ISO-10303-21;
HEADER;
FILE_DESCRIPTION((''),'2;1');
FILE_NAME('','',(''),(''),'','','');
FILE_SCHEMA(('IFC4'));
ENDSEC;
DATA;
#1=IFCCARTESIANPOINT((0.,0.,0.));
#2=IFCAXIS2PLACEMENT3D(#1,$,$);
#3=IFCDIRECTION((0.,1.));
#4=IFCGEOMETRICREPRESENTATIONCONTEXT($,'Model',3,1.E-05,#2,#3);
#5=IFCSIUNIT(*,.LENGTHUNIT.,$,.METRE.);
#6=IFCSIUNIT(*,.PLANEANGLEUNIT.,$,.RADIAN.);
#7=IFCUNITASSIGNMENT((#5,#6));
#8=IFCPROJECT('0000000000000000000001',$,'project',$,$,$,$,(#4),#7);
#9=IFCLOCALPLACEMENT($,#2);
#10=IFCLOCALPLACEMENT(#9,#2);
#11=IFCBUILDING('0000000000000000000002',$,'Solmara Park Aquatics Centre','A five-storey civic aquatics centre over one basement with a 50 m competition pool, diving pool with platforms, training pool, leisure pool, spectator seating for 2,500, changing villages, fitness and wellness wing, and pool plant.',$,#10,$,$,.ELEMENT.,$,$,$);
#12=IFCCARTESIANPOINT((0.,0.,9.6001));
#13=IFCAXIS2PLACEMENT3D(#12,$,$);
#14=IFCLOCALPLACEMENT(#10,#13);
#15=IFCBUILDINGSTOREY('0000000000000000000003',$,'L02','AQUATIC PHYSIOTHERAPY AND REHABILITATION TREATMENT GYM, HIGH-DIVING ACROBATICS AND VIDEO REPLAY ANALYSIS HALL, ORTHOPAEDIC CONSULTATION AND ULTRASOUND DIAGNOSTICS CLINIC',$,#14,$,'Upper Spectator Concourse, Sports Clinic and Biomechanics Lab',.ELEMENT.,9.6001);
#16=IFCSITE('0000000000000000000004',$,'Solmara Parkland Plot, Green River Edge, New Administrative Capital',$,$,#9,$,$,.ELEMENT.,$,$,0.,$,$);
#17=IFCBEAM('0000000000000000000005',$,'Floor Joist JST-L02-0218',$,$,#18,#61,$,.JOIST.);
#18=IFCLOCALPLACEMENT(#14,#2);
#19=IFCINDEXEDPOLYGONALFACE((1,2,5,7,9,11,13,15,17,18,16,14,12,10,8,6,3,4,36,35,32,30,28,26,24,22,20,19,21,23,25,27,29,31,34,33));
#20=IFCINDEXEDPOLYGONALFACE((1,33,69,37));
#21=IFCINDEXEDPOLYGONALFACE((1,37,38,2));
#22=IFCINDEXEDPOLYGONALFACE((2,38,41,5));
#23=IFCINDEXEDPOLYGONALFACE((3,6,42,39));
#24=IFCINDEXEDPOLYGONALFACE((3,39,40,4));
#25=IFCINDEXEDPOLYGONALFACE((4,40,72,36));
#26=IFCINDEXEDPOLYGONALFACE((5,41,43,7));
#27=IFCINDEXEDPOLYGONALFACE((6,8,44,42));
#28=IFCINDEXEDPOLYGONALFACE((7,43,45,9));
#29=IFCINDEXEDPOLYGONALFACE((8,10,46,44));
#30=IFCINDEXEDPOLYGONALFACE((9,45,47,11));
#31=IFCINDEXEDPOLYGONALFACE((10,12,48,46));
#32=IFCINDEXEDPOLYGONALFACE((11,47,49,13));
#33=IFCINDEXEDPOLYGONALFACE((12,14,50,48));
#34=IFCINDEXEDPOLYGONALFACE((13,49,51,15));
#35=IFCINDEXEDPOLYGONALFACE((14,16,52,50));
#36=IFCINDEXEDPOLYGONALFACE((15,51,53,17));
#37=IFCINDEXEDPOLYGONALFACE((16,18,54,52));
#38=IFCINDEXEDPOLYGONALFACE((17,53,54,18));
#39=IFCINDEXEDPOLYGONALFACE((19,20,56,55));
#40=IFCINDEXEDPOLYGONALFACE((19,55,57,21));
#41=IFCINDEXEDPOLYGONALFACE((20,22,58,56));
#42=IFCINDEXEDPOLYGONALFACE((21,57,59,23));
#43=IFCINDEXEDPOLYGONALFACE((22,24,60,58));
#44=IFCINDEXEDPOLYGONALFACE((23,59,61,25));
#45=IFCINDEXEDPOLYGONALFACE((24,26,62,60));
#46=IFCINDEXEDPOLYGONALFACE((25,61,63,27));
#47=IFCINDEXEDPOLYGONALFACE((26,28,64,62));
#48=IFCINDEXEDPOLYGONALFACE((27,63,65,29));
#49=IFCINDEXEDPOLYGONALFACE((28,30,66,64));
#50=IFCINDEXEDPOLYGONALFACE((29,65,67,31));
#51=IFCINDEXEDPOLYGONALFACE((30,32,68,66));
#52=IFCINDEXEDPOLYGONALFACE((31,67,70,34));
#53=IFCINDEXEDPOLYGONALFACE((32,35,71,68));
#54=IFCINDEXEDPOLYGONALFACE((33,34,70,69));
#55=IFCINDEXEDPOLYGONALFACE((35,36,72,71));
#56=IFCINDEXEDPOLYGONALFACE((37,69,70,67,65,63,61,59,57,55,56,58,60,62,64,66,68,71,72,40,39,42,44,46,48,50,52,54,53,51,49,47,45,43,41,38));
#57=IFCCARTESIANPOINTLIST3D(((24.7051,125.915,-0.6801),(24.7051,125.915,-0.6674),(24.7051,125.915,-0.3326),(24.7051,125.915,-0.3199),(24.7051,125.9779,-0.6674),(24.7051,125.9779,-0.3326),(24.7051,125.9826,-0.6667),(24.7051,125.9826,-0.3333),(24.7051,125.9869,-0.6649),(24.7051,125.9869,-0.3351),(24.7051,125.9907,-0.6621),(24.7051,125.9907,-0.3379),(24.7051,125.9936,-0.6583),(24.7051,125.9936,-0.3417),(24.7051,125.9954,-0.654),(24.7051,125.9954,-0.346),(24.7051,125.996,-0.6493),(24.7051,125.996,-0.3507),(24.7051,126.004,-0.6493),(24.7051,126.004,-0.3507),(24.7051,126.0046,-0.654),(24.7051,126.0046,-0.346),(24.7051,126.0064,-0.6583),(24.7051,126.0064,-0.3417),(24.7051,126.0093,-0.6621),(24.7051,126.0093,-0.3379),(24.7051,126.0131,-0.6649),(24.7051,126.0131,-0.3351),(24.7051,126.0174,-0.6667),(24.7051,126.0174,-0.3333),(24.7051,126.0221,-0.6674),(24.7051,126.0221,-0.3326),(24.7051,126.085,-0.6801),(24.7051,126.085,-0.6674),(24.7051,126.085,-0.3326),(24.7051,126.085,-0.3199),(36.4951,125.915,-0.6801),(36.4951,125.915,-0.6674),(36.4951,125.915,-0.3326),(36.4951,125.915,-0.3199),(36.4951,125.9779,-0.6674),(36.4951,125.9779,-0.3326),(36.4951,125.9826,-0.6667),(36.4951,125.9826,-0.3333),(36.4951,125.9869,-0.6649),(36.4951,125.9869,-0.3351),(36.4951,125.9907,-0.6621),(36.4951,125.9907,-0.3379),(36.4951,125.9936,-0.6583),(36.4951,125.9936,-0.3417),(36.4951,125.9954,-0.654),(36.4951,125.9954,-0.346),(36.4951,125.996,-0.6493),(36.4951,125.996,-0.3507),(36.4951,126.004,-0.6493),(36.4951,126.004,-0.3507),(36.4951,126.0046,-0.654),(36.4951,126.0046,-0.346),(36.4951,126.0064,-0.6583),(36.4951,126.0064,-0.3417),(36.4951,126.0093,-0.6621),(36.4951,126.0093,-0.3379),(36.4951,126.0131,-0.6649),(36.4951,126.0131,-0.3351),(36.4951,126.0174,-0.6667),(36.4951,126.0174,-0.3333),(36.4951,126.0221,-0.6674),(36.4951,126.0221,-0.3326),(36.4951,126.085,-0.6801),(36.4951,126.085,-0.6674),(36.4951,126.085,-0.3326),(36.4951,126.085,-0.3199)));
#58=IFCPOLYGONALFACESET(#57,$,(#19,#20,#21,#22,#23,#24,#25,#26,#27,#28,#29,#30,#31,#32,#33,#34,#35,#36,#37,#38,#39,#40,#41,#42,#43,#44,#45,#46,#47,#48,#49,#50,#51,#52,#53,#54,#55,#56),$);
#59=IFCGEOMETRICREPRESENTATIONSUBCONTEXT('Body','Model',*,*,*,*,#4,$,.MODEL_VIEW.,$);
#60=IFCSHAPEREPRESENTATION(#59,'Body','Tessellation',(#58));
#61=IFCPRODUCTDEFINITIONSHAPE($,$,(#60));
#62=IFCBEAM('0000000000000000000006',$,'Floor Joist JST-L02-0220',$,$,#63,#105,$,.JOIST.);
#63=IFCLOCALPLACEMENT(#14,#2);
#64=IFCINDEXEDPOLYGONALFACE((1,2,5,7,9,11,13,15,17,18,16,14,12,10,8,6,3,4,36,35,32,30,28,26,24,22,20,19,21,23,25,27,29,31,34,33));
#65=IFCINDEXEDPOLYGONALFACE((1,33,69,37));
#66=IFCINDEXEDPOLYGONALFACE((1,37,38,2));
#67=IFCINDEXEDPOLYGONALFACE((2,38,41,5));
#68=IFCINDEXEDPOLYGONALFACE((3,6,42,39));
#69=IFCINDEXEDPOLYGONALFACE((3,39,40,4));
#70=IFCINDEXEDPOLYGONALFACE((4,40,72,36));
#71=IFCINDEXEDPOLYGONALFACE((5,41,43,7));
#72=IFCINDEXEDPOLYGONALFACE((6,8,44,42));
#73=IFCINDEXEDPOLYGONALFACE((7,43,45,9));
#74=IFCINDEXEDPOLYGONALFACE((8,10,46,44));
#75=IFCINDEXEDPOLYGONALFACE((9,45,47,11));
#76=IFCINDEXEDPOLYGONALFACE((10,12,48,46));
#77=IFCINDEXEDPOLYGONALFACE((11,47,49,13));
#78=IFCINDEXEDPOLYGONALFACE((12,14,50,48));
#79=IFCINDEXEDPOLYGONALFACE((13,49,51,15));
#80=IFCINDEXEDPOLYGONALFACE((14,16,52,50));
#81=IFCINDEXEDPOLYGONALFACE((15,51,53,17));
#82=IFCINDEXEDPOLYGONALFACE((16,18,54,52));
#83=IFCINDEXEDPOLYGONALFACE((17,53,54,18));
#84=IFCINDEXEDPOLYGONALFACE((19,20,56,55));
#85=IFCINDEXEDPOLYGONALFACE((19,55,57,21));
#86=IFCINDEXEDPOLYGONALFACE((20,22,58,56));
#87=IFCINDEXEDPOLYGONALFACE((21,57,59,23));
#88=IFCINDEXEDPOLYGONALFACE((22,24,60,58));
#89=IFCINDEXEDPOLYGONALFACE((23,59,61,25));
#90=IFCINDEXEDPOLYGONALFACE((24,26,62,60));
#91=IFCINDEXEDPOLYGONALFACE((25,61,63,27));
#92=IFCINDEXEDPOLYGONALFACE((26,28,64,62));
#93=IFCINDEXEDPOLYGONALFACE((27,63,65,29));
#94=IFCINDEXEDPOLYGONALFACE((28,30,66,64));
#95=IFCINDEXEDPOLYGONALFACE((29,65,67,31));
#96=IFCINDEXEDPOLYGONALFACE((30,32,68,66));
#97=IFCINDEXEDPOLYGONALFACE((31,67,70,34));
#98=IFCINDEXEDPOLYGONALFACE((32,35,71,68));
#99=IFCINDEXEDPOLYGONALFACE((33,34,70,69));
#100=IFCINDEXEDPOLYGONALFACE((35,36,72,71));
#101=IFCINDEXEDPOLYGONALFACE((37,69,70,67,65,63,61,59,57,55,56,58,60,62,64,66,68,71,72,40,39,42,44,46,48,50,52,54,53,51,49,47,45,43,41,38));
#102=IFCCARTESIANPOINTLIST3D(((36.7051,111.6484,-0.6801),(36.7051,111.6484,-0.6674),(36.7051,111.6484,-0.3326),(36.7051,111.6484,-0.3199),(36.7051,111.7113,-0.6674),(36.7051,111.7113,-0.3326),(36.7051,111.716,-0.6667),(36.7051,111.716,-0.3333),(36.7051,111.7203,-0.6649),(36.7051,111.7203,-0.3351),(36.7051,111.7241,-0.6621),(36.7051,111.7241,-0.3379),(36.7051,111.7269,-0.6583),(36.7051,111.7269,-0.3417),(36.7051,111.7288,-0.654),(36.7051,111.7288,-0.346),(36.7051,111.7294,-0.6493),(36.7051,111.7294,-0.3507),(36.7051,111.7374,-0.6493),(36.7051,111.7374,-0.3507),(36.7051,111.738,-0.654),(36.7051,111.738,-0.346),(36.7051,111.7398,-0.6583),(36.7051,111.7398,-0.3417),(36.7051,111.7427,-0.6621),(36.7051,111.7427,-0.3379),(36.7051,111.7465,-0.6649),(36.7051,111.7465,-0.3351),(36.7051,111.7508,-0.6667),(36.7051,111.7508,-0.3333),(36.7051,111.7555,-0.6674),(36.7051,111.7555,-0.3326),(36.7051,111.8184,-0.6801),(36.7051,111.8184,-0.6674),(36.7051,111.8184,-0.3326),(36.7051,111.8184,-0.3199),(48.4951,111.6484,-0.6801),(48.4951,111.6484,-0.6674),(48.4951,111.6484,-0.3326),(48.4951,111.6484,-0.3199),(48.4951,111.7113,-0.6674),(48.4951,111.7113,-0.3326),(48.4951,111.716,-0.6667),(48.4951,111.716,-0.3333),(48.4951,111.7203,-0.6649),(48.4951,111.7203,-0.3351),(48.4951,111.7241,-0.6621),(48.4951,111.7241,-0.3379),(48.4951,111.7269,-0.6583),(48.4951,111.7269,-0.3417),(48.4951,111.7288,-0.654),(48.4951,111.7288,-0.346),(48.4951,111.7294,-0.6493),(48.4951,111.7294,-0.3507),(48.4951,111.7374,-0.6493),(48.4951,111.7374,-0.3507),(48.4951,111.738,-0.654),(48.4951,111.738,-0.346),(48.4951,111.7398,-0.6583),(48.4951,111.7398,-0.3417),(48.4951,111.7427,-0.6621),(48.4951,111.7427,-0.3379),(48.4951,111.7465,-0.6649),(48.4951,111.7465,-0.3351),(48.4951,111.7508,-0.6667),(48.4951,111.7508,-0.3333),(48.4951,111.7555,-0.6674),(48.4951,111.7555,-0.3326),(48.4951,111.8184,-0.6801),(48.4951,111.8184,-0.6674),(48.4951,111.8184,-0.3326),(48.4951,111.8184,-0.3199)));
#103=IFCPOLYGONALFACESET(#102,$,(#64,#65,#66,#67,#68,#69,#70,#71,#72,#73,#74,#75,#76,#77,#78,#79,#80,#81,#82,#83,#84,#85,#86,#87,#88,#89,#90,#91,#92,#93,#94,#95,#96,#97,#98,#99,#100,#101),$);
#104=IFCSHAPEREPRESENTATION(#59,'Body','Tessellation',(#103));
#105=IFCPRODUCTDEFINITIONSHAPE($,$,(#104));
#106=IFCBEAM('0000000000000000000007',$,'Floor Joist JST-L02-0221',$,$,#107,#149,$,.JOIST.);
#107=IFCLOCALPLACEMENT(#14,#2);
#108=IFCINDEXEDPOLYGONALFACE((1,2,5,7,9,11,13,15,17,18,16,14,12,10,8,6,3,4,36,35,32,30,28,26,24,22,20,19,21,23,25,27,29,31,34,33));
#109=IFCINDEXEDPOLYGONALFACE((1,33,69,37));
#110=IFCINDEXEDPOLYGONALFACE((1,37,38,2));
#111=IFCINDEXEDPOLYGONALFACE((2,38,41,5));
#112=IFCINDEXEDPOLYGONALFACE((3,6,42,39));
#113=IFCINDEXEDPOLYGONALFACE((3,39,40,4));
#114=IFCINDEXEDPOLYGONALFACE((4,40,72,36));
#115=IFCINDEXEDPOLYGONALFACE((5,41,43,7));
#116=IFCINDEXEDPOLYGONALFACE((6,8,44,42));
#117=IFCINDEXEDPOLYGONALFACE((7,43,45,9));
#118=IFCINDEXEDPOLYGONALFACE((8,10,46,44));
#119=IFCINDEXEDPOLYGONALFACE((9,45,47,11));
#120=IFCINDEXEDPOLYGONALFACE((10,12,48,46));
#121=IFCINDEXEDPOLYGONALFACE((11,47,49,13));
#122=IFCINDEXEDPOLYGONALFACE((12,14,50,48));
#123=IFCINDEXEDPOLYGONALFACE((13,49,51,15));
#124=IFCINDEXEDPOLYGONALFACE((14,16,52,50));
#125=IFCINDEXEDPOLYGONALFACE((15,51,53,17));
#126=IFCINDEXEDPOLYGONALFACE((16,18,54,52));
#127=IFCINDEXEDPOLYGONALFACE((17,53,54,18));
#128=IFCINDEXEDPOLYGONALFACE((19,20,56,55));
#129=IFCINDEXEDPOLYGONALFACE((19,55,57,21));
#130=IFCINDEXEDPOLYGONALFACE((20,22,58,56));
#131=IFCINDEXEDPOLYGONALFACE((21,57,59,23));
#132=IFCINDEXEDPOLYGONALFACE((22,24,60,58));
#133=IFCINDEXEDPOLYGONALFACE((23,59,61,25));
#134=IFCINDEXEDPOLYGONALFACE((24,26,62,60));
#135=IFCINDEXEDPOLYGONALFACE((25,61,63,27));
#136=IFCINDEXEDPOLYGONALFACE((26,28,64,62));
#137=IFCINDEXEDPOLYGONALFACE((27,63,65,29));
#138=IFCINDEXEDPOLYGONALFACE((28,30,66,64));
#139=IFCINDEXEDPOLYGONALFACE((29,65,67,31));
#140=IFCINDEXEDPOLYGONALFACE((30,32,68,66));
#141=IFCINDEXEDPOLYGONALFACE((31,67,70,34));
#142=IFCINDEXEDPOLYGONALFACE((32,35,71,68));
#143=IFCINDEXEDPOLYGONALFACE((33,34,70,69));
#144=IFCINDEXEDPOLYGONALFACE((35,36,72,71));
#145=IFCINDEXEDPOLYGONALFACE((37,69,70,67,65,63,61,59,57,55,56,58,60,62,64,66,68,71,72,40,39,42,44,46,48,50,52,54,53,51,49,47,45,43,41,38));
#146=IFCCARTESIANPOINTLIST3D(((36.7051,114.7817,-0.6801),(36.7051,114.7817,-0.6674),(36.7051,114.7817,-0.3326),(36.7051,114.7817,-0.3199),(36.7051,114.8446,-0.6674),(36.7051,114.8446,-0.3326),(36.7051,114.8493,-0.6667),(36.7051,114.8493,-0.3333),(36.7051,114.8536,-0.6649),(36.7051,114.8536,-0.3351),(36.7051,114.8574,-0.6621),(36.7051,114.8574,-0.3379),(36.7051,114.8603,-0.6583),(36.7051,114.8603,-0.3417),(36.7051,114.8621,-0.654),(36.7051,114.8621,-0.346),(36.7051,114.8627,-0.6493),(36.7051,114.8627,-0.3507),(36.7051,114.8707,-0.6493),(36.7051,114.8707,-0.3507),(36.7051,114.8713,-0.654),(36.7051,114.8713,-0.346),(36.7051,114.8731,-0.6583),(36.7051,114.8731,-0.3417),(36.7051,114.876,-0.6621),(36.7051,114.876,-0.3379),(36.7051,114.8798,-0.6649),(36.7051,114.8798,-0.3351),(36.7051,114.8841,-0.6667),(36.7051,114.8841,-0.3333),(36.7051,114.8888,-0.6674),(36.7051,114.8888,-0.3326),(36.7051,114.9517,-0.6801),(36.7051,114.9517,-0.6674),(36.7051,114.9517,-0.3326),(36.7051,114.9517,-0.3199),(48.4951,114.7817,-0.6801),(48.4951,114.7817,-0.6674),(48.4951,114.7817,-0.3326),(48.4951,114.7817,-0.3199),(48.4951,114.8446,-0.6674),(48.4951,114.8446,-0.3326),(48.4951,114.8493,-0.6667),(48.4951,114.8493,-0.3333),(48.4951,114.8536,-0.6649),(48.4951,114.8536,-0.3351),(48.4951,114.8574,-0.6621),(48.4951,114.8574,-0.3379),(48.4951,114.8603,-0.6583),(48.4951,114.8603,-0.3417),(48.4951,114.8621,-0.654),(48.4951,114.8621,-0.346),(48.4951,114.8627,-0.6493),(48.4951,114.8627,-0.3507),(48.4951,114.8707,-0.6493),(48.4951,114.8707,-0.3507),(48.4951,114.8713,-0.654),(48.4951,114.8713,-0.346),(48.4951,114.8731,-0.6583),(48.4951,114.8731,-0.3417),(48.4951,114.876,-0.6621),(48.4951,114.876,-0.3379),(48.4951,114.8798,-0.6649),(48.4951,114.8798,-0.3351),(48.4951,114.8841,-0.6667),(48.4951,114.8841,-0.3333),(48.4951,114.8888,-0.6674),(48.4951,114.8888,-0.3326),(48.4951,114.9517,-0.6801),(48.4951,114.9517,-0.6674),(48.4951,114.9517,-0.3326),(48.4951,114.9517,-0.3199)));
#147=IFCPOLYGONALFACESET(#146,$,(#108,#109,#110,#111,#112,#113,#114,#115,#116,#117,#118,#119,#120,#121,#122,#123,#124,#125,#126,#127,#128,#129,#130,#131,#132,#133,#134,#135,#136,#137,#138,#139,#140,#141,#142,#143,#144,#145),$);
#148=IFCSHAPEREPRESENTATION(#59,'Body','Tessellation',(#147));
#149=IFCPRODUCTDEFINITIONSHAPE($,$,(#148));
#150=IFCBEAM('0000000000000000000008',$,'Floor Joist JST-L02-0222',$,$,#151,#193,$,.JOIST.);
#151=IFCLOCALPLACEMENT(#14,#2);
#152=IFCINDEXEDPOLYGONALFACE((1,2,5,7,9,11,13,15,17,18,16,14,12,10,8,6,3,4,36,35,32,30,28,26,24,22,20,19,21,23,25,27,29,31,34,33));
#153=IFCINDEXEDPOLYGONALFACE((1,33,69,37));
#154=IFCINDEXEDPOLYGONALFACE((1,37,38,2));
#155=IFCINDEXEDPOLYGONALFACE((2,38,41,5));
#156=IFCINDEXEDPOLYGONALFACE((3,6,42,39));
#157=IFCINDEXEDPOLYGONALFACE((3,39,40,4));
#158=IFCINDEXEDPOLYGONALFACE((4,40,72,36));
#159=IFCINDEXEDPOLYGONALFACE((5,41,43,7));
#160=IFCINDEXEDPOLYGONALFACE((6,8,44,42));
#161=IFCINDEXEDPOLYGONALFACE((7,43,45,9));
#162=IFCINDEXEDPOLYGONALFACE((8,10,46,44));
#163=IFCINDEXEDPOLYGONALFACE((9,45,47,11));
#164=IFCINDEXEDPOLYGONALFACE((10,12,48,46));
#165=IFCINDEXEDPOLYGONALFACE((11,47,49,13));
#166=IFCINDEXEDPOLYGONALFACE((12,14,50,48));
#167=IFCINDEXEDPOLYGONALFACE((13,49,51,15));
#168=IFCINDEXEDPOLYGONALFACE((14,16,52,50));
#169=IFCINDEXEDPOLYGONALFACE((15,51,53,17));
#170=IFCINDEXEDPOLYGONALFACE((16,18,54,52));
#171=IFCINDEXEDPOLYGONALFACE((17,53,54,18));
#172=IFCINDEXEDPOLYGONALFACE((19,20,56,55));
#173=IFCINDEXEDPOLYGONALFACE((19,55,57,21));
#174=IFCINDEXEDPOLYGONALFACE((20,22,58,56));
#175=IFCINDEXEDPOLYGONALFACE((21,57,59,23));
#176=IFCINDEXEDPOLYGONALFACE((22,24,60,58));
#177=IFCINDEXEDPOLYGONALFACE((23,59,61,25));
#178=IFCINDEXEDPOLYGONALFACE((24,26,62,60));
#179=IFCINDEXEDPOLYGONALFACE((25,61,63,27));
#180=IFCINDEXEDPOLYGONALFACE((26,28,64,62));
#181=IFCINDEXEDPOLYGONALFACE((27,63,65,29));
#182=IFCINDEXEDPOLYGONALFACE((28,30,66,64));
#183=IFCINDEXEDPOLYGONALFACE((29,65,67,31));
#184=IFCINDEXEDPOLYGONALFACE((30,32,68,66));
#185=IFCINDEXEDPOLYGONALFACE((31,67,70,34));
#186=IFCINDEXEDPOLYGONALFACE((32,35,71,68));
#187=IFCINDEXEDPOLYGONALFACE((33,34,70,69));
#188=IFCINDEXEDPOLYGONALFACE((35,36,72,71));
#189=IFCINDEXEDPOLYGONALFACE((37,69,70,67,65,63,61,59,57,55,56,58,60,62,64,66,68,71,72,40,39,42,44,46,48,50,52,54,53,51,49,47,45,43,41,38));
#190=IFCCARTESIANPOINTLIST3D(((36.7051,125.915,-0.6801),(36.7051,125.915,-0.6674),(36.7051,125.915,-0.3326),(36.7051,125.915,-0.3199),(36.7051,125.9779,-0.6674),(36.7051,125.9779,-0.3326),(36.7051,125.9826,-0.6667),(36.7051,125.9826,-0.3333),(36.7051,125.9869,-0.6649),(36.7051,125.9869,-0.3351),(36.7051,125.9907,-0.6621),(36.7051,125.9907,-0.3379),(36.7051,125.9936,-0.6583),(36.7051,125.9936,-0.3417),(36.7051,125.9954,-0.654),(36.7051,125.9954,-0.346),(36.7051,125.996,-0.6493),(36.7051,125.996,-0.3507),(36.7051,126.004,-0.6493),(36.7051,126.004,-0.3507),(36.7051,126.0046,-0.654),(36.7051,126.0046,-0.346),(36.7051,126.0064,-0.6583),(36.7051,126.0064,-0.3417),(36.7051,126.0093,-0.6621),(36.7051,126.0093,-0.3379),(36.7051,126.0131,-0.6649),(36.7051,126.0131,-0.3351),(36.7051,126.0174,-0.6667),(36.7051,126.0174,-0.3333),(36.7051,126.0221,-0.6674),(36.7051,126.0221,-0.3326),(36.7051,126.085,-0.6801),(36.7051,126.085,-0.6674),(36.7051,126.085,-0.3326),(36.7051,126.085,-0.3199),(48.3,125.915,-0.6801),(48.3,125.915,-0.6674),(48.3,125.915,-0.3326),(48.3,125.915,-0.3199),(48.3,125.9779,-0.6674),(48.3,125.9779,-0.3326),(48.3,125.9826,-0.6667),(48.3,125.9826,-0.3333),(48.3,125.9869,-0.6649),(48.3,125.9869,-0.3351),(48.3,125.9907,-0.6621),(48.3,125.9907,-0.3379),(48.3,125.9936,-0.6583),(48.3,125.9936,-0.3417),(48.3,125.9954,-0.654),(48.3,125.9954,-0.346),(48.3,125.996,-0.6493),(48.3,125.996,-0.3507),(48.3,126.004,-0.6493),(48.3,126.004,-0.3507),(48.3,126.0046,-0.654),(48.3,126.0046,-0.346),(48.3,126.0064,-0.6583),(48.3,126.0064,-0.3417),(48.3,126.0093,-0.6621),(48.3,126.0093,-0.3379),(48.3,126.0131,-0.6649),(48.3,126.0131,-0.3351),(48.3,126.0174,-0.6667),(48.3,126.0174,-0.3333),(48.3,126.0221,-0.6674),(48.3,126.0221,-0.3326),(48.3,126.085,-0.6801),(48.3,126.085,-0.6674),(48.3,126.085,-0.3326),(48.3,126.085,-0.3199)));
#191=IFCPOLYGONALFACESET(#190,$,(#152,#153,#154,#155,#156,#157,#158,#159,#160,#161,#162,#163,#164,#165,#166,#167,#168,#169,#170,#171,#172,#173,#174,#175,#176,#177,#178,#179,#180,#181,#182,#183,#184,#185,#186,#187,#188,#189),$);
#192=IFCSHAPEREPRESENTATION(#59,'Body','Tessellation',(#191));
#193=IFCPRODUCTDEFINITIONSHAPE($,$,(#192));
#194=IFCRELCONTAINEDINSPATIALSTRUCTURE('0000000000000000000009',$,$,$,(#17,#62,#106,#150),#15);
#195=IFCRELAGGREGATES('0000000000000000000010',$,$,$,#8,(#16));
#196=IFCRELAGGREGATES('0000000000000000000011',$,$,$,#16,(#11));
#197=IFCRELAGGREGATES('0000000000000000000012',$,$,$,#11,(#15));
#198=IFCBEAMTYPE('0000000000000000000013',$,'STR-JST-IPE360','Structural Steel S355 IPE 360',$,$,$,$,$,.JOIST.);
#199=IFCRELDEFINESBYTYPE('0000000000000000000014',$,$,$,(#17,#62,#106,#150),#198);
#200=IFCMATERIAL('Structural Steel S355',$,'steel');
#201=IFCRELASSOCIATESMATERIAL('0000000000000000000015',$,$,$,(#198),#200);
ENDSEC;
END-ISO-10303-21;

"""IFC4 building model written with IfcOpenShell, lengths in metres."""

from ifc_helpers import new_model, si_unit, direction, frame, origin, origin_2d, place, context, subcontext, project, spatial, i_section, extrude, material, material_profile, profile_set, type_object, element, save


model = new_model("IFC4")

# Units and contexts
model_context = context("Model", 3, precision=1e-05, world=origin(), true_north=direction((0.0, 1.0)))
body_context = subcontext(model_context, "Body", "Model", "MODEL_VIEW")
ifc_project = project(units=[si_unit("LENGTHUNIT", "METRE"), si_unit("PLANEANGLEUNIT", "RADIAN")], contexts=[model_context])

# Site, building, storey
site_placement = place(None, origin())
site = spatial("IfcSite", under=ifc_project, at=site_placement, Name="Solmara Parkland Plot, Green River Edge, New Administrative Capital", CompositionType="ELEMENT", RefElevation=0.0)
building_placement = place(site_placement, origin())
building = spatial("IfcBuilding", under=site, at=building_placement, Name="Solmara Park Aquatics Centre", Description="A five-storey civic aquatics centre over one basement with a 50 m competition pool, diving pool with platforms, training pool, leisure pool, spectator seating for 2,500, changing villages, fitness and wellness wing, and pool plant.", CompositionType="ELEMENT")
storey_placement = place(building_placement, frame((0.0, 0.0, 9.6001)))
storey = spatial("IfcBuildingStorey", under=building, at=storey_placement, Name="L02", Description="AQUATIC PHYSIOTHERAPY AND REHABILITATION TREATMENT GYM, HIGH-DIVING ACROBATICS AND VIDEO REPLAY ANALYSIS HALL, ORTHOPAEDIC CONSULTATION AND ULTRASOUND DIAGNOSTICS CLINIC", LongName="Upper Spectator Concourse, Sports Clinic and Biomechanics Lab", CompositionType="ELEMENT", Elevation=9.6001)

# Shared definitions
ifc_material_1 = material(Name="Structural Steel S355", Category="steel")

# Beams
ifc_material_profile_1 = material_profile(ifc_material_1, i_section(OverallWidth=0.1699, OverallDepth=0.3601, WebThickness=0.0081, FlangeThickness=0.0127, FilletRadius=0.0181, at=origin_2d()), Name="IPE 360")
ifc_profile_set_1 = profile_set([ifc_material_profile_1], Name="Structural Steel S355")
beam_type_1 = type_object("IfcBeamType", Name="STR-JST-IPE360", Description="Structural Steel S355 IPE 360", PredefinedType="JOIST", material=ifc_profile_set_1)
for number, where, z_axis, x_axis, name in (
    (1, (24.7051, 126.0, -0.5), (1.0, 0.0, 0.0), (0.0, 1.0, 0.0), "Floor Joist JST-L02-0218"),
    (2, (36.7051, 111.7334, -0.5), (1.0, 0.0, 0.0), (0.0, 1.0, 0.0), "Floor Joist JST-L02-0220"),
    (3, (36.7051, 114.8667, -0.5), (1.0, 0.0, 0.0), (0.0, 1.0, 0.0), "Floor Joist JST-L02-0221"),
):
    element("IfcBeam", number, at=place(storey_placement, frame(where, z_axis=z_axis, x_axis=x_axis)), inside=storey, type_object=beam_type_1, Name=name, PredefinedType="JOIST", context=body_context, shape_type="SweptSolid", body=[
        extrude(i_section(OverallWidth=0.1699, OverallDepth=0.3601, WebThickness=0.0081, FlangeThickness=0.0127, FilletRadius=0.0181, at=origin_2d()), origin(), (0.0, 0.0, 1.0), 11.79),
    ])
for number, where, z_axis, x_axis, name in (
    (4, (36.7051, 126.0, -0.5), (1.0, 0.0, 0.0), (0.0, 1.0, 0.0), "Floor Joist JST-L02-0222"),
):
    element("IfcBeam", number, at=place(storey_placement, frame(where, z_axis=z_axis, x_axis=x_axis)), inside=storey, type_object=beam_type_1, Name=name, PredefinedType="JOIST", context=body_context, shape_type="SweptSolid", body=[
        extrude(i_section(OverallWidth=0.1699, OverallDepth=0.3601, WebThickness=0.0081, FlangeThickness=0.0127, FilletRadius=0.0181, at=origin_2d()), origin(), (0.0, 0.0, 1.0), 11.595),
    ])

save(model, "model.ifc")
